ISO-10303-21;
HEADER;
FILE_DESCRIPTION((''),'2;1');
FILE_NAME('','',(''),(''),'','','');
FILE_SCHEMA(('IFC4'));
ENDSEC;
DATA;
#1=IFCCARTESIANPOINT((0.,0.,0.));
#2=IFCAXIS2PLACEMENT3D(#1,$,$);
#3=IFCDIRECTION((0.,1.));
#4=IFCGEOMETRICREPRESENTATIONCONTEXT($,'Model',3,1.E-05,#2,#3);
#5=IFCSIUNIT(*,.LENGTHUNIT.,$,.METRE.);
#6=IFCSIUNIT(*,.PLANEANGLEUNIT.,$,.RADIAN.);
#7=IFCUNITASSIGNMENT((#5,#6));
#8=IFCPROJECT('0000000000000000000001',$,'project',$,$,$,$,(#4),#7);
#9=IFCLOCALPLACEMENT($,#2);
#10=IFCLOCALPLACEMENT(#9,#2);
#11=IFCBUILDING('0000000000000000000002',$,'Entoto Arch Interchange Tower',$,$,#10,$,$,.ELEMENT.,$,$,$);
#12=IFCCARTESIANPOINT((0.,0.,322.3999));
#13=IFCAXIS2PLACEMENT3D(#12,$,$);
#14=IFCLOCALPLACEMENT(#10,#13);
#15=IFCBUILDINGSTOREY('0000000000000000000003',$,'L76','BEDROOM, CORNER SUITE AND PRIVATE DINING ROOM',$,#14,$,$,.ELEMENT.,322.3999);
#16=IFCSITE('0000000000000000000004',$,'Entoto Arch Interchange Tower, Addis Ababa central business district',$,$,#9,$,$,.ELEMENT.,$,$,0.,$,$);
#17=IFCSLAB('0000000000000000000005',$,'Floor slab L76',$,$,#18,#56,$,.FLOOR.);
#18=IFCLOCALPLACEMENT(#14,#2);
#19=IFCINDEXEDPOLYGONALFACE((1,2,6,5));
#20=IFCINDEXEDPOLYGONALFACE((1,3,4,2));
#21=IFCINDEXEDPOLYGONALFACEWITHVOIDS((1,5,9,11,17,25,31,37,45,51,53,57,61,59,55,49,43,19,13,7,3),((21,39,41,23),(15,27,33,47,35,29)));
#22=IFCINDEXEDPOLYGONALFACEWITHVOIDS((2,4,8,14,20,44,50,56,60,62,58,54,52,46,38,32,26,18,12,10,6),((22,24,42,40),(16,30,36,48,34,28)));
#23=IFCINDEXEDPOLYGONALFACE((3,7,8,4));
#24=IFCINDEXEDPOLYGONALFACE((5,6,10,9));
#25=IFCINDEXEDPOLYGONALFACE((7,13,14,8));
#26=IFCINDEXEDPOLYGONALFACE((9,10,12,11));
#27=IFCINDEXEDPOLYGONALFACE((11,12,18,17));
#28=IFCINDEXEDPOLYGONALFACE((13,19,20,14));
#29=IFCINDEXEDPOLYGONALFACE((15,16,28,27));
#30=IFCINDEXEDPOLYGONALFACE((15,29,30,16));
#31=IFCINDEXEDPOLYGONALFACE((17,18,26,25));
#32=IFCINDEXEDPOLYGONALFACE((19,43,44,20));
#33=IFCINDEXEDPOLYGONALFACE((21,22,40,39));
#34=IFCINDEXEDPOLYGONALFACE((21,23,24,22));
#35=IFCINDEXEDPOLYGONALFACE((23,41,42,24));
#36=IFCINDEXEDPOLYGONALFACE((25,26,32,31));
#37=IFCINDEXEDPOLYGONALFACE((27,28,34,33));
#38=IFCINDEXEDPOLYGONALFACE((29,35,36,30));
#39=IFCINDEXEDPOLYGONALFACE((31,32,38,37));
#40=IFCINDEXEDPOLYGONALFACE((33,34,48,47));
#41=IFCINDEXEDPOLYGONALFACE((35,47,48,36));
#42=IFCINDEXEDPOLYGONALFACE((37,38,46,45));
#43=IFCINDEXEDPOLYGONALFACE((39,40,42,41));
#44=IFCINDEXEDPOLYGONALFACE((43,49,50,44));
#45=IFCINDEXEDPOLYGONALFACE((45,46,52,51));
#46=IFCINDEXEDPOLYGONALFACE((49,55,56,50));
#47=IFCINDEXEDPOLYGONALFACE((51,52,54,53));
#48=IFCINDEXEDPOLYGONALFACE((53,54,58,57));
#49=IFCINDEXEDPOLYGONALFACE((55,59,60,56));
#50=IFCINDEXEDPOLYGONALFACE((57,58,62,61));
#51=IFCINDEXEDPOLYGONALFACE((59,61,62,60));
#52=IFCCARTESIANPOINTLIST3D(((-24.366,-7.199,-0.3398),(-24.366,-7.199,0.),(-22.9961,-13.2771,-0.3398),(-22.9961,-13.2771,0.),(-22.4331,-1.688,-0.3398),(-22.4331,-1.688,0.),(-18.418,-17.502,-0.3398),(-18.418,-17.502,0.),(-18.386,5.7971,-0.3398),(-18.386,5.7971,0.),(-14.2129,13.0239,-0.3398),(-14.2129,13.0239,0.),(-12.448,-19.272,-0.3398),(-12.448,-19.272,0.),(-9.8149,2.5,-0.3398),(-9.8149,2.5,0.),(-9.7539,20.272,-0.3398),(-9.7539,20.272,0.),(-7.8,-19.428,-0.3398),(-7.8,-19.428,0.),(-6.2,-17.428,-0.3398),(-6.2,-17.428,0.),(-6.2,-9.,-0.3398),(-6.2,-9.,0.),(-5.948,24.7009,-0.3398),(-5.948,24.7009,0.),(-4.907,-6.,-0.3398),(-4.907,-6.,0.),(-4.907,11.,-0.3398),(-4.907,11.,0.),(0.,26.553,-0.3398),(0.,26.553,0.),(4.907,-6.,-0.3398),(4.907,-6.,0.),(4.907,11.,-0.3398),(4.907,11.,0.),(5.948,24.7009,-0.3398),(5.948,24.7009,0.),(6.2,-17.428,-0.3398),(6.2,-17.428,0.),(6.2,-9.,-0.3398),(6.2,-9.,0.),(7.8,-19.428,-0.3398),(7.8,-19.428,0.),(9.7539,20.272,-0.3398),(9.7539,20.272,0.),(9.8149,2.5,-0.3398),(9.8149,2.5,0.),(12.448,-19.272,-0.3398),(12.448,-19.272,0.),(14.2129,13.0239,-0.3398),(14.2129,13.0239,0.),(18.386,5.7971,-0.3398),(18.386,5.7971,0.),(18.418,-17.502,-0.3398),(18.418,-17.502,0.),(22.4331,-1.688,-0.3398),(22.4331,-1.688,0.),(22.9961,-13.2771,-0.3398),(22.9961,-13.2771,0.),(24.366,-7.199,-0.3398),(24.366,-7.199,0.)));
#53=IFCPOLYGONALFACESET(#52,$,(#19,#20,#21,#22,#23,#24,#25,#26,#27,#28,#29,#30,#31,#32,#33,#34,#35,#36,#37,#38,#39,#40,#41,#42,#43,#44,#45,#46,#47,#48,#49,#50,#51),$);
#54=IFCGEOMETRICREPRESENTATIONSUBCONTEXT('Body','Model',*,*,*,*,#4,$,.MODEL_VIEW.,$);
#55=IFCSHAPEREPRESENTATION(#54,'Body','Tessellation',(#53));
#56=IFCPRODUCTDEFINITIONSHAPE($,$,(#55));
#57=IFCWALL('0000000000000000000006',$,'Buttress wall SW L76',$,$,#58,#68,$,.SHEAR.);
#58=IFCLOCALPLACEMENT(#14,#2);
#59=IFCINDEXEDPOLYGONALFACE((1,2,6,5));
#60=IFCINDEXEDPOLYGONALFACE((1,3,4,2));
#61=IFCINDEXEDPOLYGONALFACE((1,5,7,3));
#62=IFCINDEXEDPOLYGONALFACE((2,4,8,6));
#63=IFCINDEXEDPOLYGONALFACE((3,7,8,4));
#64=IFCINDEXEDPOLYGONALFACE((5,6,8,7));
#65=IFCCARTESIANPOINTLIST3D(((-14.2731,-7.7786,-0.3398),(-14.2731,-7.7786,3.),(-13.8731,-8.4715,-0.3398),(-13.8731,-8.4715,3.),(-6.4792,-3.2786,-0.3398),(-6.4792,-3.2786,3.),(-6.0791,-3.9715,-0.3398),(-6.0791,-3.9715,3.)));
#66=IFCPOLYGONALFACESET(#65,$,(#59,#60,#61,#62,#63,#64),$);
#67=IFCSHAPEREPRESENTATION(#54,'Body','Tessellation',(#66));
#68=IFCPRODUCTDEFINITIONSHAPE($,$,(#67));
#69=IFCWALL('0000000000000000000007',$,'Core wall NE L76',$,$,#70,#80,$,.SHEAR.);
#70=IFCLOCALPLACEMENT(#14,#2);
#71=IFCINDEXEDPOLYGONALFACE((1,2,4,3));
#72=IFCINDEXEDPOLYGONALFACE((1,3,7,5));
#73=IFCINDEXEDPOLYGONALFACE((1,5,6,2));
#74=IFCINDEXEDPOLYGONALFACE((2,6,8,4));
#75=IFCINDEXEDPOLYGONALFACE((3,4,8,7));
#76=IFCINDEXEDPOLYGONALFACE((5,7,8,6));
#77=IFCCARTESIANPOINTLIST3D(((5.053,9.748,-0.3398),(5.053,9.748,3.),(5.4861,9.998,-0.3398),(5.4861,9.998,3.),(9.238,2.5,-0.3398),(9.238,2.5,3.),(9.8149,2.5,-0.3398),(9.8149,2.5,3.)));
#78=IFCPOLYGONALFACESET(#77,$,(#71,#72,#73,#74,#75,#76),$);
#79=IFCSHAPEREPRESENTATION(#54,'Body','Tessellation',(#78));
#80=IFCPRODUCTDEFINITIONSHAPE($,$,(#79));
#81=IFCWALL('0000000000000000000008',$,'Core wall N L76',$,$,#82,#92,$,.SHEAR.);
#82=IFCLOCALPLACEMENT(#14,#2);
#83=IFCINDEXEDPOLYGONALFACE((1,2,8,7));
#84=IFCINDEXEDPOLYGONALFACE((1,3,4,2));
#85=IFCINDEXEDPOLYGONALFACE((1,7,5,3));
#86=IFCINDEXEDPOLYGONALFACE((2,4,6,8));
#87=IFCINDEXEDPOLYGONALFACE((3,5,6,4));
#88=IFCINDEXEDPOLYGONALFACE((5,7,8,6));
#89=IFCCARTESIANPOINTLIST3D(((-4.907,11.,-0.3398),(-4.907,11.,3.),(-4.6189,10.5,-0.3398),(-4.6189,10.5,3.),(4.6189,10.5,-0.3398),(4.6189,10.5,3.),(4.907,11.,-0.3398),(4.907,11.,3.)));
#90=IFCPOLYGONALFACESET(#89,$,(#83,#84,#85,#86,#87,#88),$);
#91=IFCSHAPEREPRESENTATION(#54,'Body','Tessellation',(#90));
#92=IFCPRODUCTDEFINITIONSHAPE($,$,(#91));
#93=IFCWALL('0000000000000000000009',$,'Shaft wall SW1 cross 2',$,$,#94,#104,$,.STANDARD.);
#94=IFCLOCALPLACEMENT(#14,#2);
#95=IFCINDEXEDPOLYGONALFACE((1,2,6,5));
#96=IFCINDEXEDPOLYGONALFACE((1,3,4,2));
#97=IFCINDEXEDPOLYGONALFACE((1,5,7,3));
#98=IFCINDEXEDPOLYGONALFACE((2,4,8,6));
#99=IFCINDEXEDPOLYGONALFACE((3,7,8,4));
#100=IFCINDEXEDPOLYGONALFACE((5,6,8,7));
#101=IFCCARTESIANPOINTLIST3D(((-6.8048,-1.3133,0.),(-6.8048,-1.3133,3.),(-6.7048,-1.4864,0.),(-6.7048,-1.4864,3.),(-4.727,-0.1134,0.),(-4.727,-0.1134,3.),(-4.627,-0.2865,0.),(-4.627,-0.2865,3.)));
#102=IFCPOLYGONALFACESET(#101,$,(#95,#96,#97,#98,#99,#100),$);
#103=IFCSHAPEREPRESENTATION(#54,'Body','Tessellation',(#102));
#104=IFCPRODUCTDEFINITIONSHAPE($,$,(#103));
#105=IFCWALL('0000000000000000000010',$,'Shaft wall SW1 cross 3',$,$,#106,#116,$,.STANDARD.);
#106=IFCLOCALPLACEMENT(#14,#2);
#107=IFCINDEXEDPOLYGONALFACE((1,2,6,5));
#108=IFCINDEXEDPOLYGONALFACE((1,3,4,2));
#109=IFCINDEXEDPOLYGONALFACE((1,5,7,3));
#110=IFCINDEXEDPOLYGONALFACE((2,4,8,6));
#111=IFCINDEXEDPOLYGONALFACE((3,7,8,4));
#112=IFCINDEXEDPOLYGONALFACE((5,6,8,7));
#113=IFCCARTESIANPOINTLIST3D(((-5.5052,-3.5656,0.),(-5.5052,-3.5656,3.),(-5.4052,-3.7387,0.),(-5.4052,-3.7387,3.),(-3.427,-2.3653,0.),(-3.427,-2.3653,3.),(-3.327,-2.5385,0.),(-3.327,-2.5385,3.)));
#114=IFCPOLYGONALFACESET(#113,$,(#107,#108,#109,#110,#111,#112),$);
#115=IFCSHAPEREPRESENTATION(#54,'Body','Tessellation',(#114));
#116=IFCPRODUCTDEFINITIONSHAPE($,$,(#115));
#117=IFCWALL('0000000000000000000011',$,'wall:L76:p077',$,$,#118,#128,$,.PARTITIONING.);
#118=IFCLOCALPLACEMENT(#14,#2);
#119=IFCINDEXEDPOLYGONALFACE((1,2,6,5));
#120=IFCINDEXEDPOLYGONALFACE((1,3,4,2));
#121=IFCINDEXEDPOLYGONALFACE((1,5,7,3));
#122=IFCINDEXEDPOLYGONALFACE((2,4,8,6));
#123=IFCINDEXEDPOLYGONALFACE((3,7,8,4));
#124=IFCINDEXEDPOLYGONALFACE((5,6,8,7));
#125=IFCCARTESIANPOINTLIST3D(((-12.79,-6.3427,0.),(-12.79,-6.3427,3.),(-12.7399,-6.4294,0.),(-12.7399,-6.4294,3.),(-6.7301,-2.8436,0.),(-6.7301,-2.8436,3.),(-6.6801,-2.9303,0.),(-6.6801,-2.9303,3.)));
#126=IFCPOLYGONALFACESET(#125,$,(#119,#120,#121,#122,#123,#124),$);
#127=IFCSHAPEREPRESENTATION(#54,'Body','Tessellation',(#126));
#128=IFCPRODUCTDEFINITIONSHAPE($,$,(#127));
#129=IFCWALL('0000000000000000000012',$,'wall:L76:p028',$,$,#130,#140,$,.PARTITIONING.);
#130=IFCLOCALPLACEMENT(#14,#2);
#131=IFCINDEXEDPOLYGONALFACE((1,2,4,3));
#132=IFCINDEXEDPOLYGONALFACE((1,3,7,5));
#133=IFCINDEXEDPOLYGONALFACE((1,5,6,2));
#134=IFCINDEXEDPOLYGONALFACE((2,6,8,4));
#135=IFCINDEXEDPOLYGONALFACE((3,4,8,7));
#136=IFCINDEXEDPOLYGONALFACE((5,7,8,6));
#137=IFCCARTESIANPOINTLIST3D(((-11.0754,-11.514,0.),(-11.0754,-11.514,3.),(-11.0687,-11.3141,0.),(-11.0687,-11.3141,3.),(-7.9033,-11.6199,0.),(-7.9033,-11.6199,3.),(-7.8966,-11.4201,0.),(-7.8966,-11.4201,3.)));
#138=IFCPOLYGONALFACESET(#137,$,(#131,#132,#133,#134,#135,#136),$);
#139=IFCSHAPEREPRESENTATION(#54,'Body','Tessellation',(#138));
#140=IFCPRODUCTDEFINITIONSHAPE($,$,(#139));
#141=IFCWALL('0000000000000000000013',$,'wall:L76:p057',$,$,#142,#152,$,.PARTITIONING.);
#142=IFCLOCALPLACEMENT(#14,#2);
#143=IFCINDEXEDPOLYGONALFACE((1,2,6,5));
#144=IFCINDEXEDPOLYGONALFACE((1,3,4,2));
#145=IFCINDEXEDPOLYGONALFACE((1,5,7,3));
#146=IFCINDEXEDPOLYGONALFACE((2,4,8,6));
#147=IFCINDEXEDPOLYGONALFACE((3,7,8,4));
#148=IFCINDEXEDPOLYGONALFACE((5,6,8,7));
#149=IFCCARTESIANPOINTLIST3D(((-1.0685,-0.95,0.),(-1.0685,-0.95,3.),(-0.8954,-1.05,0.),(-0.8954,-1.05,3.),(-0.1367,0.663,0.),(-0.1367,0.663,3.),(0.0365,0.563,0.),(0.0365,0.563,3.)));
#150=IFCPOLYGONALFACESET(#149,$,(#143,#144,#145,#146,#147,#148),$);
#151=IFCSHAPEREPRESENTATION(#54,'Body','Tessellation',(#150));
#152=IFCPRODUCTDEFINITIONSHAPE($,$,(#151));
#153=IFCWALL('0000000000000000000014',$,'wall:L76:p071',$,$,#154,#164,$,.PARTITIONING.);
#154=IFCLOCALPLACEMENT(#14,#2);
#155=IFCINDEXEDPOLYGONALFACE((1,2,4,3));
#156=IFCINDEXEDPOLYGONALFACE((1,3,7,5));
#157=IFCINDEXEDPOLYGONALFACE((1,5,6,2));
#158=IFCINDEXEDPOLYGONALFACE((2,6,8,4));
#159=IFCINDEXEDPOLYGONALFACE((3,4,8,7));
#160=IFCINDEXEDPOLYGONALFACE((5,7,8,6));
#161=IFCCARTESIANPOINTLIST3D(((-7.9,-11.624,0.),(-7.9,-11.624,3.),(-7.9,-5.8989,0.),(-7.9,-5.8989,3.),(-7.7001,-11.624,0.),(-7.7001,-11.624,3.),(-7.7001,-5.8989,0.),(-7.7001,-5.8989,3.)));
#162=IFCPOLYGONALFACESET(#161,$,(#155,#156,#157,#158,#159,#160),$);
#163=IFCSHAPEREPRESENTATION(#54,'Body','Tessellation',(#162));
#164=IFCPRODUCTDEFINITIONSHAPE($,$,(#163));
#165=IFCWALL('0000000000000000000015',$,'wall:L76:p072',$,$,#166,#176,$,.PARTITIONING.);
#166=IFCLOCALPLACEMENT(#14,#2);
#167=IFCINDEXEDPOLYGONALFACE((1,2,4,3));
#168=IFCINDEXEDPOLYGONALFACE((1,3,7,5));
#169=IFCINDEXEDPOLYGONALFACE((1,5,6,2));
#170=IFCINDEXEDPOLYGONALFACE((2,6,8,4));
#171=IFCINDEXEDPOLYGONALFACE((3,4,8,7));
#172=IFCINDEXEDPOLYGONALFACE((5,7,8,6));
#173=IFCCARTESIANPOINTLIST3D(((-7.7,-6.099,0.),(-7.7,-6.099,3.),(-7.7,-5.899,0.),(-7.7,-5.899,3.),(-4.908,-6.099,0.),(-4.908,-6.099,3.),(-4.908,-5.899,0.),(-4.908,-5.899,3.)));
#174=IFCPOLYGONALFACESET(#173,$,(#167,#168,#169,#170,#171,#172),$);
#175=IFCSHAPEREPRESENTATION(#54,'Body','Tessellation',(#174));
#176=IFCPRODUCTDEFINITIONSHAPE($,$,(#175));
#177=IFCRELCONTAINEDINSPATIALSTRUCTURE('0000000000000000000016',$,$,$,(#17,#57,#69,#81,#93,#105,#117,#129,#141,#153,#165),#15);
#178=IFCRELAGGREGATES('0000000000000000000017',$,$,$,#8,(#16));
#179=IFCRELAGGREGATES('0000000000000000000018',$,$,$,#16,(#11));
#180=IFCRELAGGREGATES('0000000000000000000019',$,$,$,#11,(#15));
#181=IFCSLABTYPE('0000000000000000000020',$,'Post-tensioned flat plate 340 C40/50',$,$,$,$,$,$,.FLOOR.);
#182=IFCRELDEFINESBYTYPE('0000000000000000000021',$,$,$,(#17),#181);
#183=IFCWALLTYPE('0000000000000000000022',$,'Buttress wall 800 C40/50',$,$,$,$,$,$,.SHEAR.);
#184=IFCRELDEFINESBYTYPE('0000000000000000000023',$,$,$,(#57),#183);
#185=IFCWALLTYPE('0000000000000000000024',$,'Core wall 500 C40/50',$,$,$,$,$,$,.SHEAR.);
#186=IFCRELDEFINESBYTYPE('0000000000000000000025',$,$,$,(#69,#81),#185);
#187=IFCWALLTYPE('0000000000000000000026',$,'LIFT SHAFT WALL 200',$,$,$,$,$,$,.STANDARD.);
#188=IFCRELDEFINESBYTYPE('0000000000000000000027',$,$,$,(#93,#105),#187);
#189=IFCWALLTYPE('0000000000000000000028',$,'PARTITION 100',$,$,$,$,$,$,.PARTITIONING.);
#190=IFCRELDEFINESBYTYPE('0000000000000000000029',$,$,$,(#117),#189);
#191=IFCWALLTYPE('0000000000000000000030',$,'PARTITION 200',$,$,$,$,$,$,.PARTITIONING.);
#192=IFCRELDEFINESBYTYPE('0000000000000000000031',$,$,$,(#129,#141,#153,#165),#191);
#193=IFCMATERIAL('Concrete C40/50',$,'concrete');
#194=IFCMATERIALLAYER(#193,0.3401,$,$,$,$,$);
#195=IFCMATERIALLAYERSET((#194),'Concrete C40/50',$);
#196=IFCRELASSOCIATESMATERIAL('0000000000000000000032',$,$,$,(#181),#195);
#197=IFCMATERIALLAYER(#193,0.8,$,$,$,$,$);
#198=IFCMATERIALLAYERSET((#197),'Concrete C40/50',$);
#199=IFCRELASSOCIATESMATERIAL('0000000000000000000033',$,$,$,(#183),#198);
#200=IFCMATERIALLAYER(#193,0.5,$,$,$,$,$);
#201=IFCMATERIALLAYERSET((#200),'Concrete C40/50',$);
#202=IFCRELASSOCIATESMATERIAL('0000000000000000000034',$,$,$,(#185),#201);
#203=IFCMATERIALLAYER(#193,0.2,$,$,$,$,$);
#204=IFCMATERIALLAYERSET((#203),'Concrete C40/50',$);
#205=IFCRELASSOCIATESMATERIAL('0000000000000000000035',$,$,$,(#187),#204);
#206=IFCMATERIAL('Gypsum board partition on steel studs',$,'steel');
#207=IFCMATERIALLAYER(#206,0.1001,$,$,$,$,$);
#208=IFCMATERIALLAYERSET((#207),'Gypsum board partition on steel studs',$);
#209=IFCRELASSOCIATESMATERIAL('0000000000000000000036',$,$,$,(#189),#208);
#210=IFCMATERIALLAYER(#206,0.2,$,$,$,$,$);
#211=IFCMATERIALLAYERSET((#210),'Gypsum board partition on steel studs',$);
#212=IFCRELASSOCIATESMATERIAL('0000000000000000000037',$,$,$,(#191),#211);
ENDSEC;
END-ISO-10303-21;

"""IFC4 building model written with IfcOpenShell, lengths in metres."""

from ifc_helpers import new_model, si_unit, direction, frame, frame_2d, origin, place, context, subcontext, project, spatial, polyline, rectangle, outline, extrude, material, layer, layer_set, type_object, element, save


model = new_model("IFC4")

# Units and contexts
model_context = context("Model", 3, precision=1e-05, world=origin(), true_north=direction((0.0, 1.0)))
body_context = subcontext(model_context, "Body", "Model", "MODEL_VIEW")
ifc_project = project(units=[si_unit("LENGTHUNIT", "METRE"), si_unit("PLANEANGLEUNIT", "RADIAN")], contexts=[model_context])

# Site, building, storey
site_placement = place(None, origin())
site = spatial("IfcSite", under=ifc_project, at=site_placement, Name="Entoto Arch Interchange Tower, Addis Ababa central business district", CompositionType="ELEMENT", RefElevation=0.0)
building_placement = place(site_placement, origin())
building = spatial("IfcBuilding", under=site, at=building_placement, Name="Entoto Arch Interchange Tower", CompositionType="ELEMENT")
storey_placement = place(building_placement, frame((0.0, 0.0, 322.3999)))
storey = spatial("IfcBuildingStorey", under=building, at=storey_placement, Name="L76", Description="BEDROOM, CORNER SUITE AND PRIVATE DINING ROOM", CompositionType="ELEMENT", Elevation=322.3999)

# Slab
ifc_material_1 = material(Name="Concrete C40/50", Category="concrete")
ifc_layer_1 = layer(ifc_material_1, 0.3401)
ifc_layer_set_1 = layer_set([ifc_layer_1], Name="Concrete C40/50")
slab_type = type_object("IfcSlabType", Name="Post-tensioned flat plate 340 C40/50", PredefinedType="FLOOR", material=ifc_layer_set_1)
slab_placement = place(storey_placement, frame((0.0, 0.0, -0.3398)))
element("IfcSlab", 1, at=slab_placement, inside=storey, type_object=slab_type, Name="Floor slab L76", PredefinedType="FLOOR", context=body_context, shape_type="SweptSolid", body=[
    extrude(outline(polyline([(-12.448, -19.272), (-7.8, -19.428), (7.8, -19.428), (12.448, -19.272), (18.418, -17.502), (22.9961, -13.2771), (24.366, -7.199), (22.4331, -1.688), (18.386, 5.7971), (14.2129, 13.0239), (9.7539, 20.272), (5.948, 24.7009), (0.0, 26.553), (-5.948, 24.7009), (-9.7539, 20.272), (-14.2129, 13.0239), (-18.386, 5.7971), (-22.4331, -1.688), (-24.366, -7.199), (-22.9961, -13.2771), (-18.418, -17.502), (-12.448, -19.272)]), holes=[polyline([(6.2, -17.428), (6.2, -9.0), (-6.2, -9.0), (-6.2, -17.428), (6.2, -17.428)]), polyline([(9.8149, 2.5), (4.907, 11.0), (-4.907, 11.0), (-9.8149, 2.5), (-4.907, -6.0), (4.907, -6.0), (9.8149, 2.5)])]), origin(), (0.0, 0.0, 1.0), 0.3398),
])

# Walls
ifc_layer_2 = layer(ifc_material_1, 0.8)
ifc_layer_set_2 = layer_set([ifc_layer_2], Name="Concrete C40/50")
wall_type_1 = type_object("IfcWallType", Name="Buttress wall 800 C40/50", PredefinedType="SHEAR", material=ifc_layer_set_2)
wall_1_placement = place(storey_placement, frame((-6.2791, -3.625, -0.3398), z_axis=(0.0, 0.0, 1.0), x_axis=(-0.866018, -0.500014, 0.0)))
element("IfcWall", 2, at=wall_1_placement, inside=storey, type_object=wall_type_1, Name="Buttress wall SW L76", PredefinedType="SHEAR", context=body_context, shape_type="SweptSolid", body=[
    extrude(rectangle(XDim=8.9998, YDim=0.8, at=frame_2d((4.5, 0.0))), origin(), (0.0, 0.0, 1.0), 3.3398),
])
ifc_layer_3 = layer(ifc_material_1, 0.5)
ifc_layer_set_3 = layer_set([ifc_layer_3], Name="Concrete C40/50")
wall_type_2 = type_object("IfcWallType", Name="Core wall 500 C40/50", PredefinedType="SHEAR", material=ifc_layer_set_3)
wall_2_placement = place(storey_placement, frame((0.0, 0.0, -0.3398)))
element("IfcWall", 3, at=wall_2_placement, inside=storey, type_object=wall_type_2, Name="Core wall NE L76", PredefinedType="SHEAR", context=body_context, shape_type="SweptSolid", body=[
    extrude(outline(polyline([(5.4861, 9.998), (5.053, 9.748), (9.238, 2.5), (9.8149, 2.5), (5.4861, 9.998)])), origin(), (0.0, 0.0, 1.0), 3.3398),
])
wall_3_placement = place(storey_placement, frame((0.0, 0.0, -0.3398)))
element("IfcWall", 4, at=wall_3_placement, inside=storey, type_object=wall_type_2, Name="Core wall N L76", PredefinedType="SHEAR", context=body_context, shape_type="SweptSolid", body=[
    extrude(outline(polyline([(4.907, 11.0), (-4.907, 11.0), (-4.6189, 10.5), (4.6189, 10.5), (4.907, 11.0)])), origin(), (0.0, 0.0, 1.0), 3.3398),
])
ifc_layer_4 = layer(ifc_material_1, 0.2)
ifc_layer_set_4 = layer_set([ifc_layer_4], Name="Concrete C40/50")
wall_type_3 = type_object("IfcWallType", Name="LIFT SHAFT WALL 200", PredefinedType="STANDARD", material=ifc_layer_set_4)
wall_4_placement = place(storey_placement, frame((-4.677, -0.2, 0.0), z_axis=(0.0, 0.0, 1.0), x_axis=(-0.865974, -0.500089, 0.0)))
element("IfcWall", 5, at=wall_4_placement, inside=storey, type_object=wall_type_3, Name="Shaft wall SW1 cross 2", PredefinedType="STANDARD", context=body_context, shape_type="SweptSolid", body=[
    extrude(rectangle(XDim=2.3994, YDim=0.2, at=frame_2d((1.1997, 0.0))), origin(), (0.0, 0.0, 1.0), 3.0),
])
wall_5_placement = place(storey_placement, frame((-3.377, -2.4519, 0.0), z_axis=(0.0, 0.0, 1.0), x_axis=(-0.865955, -0.500122, 0.0)))
element("IfcWall", 6, at=wall_5_placement, inside=storey, type_object=wall_type_3, Name="Shaft wall SW1 cross 3", PredefinedType="STANDARD", context=body_context, shape_type="SweptSolid", body=[
    extrude(rectangle(XDim=2.3999, YDim=0.2, at=frame_2d((1.2, 0.0))), origin(), (0.0, 0.0, 1.0), 3.0),
])
ifc_material_2 = material(Name="Gypsum board partition on steel studs", Category="steel")
ifc_layer_5 = layer(ifc_material_2, 0.1001)
ifc_layer_set_5 = layer_set([ifc_layer_5], Name="Gypsum board partition on steel studs")
wall_type_4 = type_object("IfcWallType", Name="PARTITION 100", PredefinedType="PARTITIONING", material=ifc_layer_set_5)
wall_6_placement = place(storey_placement, frame((-6.7051, -2.887, 0.0), z_axis=(0.0, 0.0, 1.0), x_axis=(-0.866001, -0.500042, 0.0)))
element("IfcWall", 7, at=wall_6_placement, inside=storey, type_object=wall_type_4, Name="wall:L76:p077", PredefinedType="PARTITIONING", context=body_context, shape_type="SweptSolid", body=[
    extrude(rectangle(XDim=6.9976, YDim=0.1001, at=frame_2d((3.4988, 0.0))), origin(), (0.0, 0.0, 1.0), 3.0),
])
ifc_layer_6 = layer(ifc_material_2, 0.2)
ifc_layer_set_6 = layer_set([ifc_layer_6], Name="Gypsum board partition on steel studs")
wall_type_5 = type_object("IfcWallType", Name="PARTITION 200", PredefinedType="PARTITIONING", material=ifc_layer_set_6)
wall_7_placement = place(storey_placement, frame((-11.072, -11.4141, 0.0), z_axis=(0.0, 0.0, 1.0), x_axis=(0.999443, -0.033384, 0.0)))
element("IfcWall", 8, at=wall_7_placement, inside=storey, type_object=wall_type_5, Name="wall:L76:p028", PredefinedType="PARTITIONING", context=body_context, shape_type="SweptSolid", body=[
    extrude(rectangle(XDim=3.1738, YDim=0.2, at=frame_2d((1.5869, 0.0))), origin(), (0.0, 0.0, 1.0), 3.0),
])
wall_8_placement = place(storey_placement, frame((-0.9819, -1.0, 0.0), z_axis=(0.0, 0.0, 1.0), x_axis=(0.50024, 0.865887, 0.0)))
element("IfcWall", 9, at=wall_8_placement, inside=storey, type_object=wall_type_5, Name="wall:L76:p057", PredefinedType="PARTITIONING", context=body_context, shape_type="SweptSolid", body=[
    extrude(rectangle(XDim=1.8628, YDim=0.2, at=frame_2d((0.9314, 0.0))), origin(), (0.0, 0.0, 1.0), 3.0),
])
wall_9_placement = place(storey_placement, frame((-7.8, -11.624, 0.0), z_axis=(0.0, 0.0, 1.0), x_axis=(0.0, 1.0, 0.0)))
element("IfcWall", 10, at=wall_9_placement, inside=storey, type_object=wall_type_5, Name="wall:L76:p071", PredefinedType="PARTITIONING", context=body_context, shape_type="SweptSolid", body=[
    extrude(rectangle(XDim=5.7251, YDim=0.2, at=frame_2d((2.8625, 0.0))), origin(), (0.0, 0.0, 1.0), 3.0),
])
wall_10_placement = place(storey_placement, frame((-7.7, -5.999, 0.0), z_axis=(0.0, 0.0, 1.0), x_axis=(1.0, 0.0, 0.0)))
element("IfcWall", 11, at=wall_10_placement, inside=storey, type_object=wall_type_5, Name="wall:L76:p072", PredefinedType="PARTITIONING", context=body_context, shape_type="SweptSolid", body=[
    extrude(rectangle(XDim=2.792, YDim=0.2, at=frame_2d((1.396, 0.0))), origin(), (0.0, 0.0, 1.0), 3.0),
])

save(model, "model.ifc")
